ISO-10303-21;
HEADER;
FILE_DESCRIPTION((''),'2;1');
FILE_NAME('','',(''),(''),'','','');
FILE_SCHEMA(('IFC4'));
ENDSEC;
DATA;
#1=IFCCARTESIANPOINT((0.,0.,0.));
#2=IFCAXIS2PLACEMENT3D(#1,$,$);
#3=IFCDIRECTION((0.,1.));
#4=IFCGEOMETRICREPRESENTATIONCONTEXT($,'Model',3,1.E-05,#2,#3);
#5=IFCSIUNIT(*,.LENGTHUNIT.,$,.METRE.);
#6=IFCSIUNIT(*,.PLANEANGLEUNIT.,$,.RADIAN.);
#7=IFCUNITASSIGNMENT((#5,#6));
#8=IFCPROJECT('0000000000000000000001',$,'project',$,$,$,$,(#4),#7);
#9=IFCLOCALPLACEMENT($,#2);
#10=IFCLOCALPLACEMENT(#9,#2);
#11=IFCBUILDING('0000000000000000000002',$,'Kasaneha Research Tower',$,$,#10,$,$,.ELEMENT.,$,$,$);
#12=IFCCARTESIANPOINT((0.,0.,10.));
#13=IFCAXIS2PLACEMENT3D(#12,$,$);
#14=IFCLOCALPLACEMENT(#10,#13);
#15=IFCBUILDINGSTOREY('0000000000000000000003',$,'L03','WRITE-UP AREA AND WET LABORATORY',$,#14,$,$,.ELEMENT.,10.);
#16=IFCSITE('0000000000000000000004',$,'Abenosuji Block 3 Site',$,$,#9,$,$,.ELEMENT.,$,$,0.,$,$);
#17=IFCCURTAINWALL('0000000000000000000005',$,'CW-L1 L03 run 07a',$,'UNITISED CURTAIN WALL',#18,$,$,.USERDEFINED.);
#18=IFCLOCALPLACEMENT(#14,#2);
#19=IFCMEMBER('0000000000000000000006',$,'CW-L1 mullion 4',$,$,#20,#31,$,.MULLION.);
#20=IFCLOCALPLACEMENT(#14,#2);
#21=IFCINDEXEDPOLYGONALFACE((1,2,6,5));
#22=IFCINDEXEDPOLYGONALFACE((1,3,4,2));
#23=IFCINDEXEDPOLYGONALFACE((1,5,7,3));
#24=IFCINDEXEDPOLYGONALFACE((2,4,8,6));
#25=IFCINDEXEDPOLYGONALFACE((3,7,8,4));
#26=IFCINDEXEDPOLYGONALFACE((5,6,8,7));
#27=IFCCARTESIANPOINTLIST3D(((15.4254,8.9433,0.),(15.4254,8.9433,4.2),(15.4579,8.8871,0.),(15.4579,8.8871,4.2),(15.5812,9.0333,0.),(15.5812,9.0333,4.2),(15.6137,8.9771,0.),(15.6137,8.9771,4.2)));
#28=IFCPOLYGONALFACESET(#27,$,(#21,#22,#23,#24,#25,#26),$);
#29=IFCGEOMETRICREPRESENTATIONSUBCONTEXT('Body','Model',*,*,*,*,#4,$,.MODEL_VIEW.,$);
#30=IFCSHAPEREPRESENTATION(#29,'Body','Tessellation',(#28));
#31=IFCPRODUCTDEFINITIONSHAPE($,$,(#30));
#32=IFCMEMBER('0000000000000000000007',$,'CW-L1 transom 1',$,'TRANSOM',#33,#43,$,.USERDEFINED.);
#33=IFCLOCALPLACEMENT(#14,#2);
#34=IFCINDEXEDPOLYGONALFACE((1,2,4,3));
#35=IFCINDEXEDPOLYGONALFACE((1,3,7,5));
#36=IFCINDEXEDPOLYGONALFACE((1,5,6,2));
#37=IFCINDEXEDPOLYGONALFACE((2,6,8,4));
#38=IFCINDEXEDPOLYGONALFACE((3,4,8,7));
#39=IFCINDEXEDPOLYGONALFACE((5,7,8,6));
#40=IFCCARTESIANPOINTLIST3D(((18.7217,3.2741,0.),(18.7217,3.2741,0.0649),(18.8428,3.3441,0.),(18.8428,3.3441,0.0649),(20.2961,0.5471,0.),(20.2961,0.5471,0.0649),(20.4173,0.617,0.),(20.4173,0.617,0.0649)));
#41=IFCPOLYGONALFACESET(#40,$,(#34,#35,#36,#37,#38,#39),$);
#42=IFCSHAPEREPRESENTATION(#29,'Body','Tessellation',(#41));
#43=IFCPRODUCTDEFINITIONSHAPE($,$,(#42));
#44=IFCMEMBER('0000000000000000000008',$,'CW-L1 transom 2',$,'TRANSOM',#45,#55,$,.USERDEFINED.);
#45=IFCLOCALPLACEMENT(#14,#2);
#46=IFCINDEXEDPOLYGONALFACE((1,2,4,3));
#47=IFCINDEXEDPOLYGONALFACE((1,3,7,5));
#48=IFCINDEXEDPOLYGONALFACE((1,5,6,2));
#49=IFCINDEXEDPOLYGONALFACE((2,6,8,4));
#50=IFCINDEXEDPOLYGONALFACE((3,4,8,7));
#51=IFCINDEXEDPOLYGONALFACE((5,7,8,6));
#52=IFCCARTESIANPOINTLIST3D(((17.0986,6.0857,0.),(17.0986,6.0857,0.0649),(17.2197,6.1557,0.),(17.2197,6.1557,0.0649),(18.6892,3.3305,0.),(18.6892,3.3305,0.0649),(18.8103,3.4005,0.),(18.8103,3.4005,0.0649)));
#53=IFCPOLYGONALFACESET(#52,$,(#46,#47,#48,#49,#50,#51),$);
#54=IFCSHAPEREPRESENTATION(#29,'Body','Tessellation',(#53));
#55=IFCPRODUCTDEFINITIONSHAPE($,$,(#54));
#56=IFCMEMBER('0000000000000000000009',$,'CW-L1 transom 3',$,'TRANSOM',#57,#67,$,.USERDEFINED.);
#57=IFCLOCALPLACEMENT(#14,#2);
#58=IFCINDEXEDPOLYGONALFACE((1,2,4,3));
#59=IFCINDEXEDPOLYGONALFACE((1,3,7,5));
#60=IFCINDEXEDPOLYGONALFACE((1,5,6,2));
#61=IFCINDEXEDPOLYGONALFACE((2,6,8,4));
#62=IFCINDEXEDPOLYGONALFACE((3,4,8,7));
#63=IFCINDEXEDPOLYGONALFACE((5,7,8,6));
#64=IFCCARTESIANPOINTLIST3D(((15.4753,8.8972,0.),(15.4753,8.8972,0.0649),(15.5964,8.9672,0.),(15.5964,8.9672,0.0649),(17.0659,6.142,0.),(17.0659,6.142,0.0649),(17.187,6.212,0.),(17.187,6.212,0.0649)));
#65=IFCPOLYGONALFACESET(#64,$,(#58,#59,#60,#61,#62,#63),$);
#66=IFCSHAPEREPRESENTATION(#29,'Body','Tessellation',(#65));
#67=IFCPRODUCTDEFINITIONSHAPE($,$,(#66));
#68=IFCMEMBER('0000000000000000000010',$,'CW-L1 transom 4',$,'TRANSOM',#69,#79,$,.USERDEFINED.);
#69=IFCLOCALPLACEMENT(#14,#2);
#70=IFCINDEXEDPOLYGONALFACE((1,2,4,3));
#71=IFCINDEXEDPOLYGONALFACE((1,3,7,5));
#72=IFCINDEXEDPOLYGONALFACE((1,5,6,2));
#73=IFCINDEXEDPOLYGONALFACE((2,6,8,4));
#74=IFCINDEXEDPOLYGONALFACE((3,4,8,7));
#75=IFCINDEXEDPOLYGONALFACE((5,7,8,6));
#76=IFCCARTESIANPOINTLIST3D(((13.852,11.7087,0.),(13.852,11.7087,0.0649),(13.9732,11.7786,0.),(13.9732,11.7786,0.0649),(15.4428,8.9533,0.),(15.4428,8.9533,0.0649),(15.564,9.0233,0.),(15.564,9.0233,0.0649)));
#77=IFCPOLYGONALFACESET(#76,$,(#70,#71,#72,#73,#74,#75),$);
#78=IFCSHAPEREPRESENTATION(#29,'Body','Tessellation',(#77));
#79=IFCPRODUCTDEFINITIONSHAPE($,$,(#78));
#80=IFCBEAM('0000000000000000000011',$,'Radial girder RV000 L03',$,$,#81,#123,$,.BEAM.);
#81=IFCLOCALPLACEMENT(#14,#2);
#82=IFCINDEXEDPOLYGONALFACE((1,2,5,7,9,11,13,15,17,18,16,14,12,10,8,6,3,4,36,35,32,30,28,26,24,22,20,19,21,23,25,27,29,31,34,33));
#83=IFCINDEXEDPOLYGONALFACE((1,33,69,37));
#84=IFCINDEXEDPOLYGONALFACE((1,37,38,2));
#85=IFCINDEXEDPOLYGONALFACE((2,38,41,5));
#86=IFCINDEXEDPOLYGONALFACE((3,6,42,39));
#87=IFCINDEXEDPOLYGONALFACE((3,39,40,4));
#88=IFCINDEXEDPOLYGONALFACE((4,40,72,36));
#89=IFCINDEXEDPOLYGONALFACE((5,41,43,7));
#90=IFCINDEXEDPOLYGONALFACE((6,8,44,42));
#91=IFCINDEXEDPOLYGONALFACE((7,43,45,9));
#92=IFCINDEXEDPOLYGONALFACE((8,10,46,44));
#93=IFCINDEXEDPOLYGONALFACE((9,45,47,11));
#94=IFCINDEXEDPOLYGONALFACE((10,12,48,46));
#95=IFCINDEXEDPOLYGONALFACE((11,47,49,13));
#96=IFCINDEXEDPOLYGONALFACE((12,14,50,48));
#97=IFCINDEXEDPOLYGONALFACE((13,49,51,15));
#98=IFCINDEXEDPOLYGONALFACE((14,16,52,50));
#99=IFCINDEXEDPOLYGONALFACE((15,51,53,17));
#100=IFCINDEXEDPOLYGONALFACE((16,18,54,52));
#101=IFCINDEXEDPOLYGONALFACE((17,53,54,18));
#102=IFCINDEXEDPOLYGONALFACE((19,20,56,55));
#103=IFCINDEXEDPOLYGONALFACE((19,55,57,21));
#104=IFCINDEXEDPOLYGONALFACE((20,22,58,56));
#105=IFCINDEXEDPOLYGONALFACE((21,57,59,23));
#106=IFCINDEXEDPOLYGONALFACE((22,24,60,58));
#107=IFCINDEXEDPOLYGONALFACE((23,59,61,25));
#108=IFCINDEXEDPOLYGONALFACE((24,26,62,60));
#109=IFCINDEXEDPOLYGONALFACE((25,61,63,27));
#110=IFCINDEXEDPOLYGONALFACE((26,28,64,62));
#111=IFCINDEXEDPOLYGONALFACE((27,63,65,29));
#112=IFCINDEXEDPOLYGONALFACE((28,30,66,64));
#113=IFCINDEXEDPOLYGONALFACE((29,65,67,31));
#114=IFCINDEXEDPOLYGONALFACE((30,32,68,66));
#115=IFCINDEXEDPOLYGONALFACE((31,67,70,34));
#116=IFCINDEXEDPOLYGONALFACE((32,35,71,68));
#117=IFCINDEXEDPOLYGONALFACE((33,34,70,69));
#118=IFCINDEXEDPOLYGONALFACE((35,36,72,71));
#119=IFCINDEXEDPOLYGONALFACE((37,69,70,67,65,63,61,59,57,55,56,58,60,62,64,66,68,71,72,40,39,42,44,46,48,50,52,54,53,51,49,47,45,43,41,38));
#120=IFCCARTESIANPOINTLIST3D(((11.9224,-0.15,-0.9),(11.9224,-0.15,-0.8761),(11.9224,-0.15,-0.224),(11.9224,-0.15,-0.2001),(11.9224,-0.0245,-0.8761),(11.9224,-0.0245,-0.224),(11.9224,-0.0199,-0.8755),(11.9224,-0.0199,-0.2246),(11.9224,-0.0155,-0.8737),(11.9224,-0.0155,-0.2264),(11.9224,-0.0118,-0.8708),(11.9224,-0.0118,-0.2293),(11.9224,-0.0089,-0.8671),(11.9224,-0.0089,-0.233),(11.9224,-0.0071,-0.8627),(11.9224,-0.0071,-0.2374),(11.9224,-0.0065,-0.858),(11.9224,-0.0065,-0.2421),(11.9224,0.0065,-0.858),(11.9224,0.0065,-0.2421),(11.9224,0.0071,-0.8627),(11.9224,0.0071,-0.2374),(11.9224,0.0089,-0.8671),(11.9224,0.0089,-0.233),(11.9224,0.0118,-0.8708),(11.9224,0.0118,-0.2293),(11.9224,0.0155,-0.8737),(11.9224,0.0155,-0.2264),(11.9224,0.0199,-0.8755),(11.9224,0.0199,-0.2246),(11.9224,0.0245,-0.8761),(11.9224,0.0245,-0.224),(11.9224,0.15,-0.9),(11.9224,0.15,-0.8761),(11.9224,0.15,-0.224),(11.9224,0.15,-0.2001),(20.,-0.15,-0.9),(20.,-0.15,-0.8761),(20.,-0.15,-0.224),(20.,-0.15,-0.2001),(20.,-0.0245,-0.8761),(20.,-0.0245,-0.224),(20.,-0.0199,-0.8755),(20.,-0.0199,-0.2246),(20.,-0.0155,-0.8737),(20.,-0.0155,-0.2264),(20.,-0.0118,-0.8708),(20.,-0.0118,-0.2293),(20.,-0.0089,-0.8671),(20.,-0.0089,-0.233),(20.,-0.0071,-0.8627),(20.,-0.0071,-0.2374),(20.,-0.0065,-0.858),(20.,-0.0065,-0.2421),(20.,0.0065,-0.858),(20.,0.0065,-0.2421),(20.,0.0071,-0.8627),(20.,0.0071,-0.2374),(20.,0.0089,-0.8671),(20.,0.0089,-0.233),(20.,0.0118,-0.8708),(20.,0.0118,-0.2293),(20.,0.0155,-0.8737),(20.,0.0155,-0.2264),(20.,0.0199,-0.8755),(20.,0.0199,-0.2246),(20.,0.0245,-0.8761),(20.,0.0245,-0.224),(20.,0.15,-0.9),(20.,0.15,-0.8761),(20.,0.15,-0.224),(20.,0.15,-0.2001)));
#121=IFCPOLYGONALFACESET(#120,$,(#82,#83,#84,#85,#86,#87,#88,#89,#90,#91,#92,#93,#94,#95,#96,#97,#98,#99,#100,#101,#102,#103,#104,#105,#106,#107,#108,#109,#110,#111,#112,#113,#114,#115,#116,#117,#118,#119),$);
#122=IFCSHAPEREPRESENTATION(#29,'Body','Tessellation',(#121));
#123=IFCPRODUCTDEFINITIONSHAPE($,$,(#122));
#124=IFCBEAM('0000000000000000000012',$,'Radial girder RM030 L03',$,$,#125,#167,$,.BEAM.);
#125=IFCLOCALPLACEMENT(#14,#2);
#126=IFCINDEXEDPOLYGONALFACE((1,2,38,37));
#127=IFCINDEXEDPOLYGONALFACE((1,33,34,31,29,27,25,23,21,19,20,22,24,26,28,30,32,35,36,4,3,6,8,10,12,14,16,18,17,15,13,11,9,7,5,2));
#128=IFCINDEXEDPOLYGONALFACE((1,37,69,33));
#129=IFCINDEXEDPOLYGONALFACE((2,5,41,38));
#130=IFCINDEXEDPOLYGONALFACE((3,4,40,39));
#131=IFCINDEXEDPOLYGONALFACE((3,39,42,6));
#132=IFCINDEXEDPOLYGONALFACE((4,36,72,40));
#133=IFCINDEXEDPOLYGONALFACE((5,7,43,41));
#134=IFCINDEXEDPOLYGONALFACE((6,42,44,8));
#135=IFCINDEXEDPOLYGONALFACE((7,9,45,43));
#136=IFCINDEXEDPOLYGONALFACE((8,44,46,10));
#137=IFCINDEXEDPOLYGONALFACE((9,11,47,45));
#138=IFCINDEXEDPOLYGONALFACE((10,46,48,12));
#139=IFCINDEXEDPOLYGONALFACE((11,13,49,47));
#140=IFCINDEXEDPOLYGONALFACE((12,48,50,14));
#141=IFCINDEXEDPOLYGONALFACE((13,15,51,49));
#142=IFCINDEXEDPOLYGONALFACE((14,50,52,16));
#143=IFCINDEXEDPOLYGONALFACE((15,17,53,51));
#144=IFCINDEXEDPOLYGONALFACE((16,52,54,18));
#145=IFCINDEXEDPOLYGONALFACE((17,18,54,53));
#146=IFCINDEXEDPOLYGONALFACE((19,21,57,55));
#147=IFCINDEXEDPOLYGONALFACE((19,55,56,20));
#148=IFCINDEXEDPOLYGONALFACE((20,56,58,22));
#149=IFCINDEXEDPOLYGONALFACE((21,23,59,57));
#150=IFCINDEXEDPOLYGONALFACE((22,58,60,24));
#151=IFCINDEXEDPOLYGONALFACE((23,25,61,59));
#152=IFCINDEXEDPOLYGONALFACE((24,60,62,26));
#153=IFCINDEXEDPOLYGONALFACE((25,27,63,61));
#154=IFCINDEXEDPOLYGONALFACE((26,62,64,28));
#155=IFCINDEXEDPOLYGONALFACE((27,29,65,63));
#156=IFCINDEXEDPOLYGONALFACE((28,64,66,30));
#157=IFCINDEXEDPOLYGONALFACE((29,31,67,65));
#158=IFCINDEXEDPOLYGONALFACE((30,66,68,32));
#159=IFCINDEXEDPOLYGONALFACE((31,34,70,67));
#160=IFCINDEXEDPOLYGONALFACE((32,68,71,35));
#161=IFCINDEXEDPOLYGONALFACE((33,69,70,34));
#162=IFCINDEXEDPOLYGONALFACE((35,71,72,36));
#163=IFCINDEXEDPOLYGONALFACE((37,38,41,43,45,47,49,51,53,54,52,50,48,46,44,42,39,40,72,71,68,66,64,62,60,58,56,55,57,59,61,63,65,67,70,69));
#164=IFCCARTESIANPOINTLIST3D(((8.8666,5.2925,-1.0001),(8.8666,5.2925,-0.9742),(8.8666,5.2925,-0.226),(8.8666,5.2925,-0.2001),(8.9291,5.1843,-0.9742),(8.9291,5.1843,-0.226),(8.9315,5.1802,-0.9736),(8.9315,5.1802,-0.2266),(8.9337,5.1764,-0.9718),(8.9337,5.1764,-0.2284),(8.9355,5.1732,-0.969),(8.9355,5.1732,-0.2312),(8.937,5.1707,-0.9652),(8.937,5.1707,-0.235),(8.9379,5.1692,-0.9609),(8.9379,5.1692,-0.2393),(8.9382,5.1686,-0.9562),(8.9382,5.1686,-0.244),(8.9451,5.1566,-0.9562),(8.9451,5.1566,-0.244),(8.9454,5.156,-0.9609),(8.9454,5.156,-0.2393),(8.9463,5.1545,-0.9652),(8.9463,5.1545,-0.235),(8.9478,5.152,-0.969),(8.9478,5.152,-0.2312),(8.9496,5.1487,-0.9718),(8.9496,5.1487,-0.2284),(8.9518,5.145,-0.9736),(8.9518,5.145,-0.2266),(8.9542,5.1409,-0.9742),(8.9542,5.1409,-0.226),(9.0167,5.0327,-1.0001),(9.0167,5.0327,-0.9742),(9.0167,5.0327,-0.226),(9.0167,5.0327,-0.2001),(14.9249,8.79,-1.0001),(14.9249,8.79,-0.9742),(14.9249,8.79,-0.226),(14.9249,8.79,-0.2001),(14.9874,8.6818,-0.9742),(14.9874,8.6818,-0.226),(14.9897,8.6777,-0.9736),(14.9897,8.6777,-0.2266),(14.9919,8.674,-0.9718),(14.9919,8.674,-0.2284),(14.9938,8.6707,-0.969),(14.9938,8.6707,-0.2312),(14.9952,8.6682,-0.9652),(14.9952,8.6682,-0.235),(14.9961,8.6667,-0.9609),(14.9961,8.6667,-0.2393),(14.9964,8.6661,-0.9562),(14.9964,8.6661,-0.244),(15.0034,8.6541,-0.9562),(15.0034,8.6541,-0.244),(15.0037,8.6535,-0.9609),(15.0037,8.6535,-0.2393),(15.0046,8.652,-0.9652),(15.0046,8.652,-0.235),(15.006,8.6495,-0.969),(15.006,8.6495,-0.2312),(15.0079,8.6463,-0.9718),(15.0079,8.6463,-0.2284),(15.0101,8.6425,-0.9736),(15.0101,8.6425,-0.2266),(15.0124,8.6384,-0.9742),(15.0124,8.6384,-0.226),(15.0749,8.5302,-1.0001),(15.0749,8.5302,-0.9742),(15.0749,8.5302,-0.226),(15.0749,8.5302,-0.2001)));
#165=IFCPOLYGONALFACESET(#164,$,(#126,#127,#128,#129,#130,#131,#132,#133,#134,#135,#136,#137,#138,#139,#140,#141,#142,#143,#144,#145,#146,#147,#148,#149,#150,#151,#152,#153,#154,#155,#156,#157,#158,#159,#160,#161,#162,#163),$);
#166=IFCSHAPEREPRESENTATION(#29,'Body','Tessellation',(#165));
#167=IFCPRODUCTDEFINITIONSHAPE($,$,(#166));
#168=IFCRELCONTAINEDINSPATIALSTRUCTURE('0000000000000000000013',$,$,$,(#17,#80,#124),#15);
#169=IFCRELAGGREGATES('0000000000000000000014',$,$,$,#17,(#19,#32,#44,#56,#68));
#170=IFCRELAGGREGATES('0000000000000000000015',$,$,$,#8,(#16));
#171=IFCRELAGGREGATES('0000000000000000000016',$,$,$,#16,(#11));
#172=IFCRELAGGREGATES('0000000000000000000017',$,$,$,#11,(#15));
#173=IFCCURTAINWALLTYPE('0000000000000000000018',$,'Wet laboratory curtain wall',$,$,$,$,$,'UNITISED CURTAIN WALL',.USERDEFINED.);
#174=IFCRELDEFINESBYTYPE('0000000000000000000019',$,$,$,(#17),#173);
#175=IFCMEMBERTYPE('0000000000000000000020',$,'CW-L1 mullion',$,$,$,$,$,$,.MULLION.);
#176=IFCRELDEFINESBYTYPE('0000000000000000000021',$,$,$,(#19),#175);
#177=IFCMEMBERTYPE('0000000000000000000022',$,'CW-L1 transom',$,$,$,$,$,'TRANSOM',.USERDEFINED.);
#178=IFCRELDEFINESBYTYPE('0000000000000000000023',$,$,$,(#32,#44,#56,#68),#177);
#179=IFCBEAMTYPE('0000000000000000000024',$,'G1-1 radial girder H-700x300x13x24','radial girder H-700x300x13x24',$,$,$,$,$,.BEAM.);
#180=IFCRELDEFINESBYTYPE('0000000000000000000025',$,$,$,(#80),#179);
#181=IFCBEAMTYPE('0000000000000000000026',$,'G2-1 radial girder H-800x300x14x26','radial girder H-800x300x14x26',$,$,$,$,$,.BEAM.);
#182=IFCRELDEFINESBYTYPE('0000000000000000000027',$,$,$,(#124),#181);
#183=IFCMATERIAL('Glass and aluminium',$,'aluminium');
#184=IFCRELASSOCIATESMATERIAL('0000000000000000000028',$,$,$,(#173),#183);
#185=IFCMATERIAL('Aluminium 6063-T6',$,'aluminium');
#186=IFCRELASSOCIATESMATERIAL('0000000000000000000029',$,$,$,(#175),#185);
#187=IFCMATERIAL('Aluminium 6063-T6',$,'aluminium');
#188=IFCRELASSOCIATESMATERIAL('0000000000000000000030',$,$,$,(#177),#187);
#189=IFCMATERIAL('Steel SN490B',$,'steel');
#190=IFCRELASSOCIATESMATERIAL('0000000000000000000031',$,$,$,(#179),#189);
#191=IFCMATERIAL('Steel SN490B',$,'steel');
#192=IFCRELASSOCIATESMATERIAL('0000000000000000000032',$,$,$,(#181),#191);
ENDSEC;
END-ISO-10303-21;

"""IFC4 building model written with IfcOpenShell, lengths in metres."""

from ifc_helpers import new_model, si_unit, direction, frame, origin, origin_2d, place, context, subcontext, project, spatial, rectangle, i_section, extrude, material, material_profile, profile_set, type_object, element, aggregate, save


model = new_model("IFC4")

# Units and contexts
model_context = context("Model", 3, precision=1e-05, world=origin(), true_north=direction((0.0, 1.0)))
body_context = subcontext(model_context, "Body", "Model", "MODEL_VIEW")
ifc_project = project(units=[si_unit("LENGTHUNIT", "METRE"), si_unit("PLANEANGLEUNIT", "RADIAN")], contexts=[model_context])

# Site, building, storey
site_placement = place(None, origin())
site = spatial("IfcSite", under=ifc_project, at=site_placement, Name="Abenosuji Block 3 Site", CompositionType="ELEMENT", RefElevation=0.0)
building_placement = place(site_placement, origin())
building = spatial("IfcBuilding", under=site, at=building_placement, Name="Kasaneha Research Tower", CompositionType="ELEMENT")
storey_placement = place(building_placement, frame((0.0, 0.0, 10.0)))
storey = spatial("IfcBuildingStorey", under=building, at=storey_placement, Name="L03", Description="WRITE-UP AREA AND WET LABORATORY", CompositionType="ELEMENT", Elevation=10.0)

# Shared definitions
ifc_material_1 = material(Name="Glass and aluminium", Category="aluminium")
curtain_wall_type = type_object("IfcCurtainWallType", Name="Wet laboratory curtain wall", ElementType="UNITISED CURTAIN WALL", PredefinedType="USERDEFINED", material=ifc_material_1)
ifc_material_2 = material(Name="Aluminium 6063-T6", Category="aluminium")
ifc_material_profile_1 = material_profile(ifc_material_2, rectangle(XDim=0.0649, YDim=0.1799, at=origin_2d()), Name="CW-L1 mullion 65x180")
ifc_profile_set_1 = profile_set([ifc_material_profile_1], Name="Aluminium 6063-T6")
member_type_1 = type_object("IfcMemberType", Name="CW-L1 mullion", PredefinedType="MULLION", material=ifc_profile_set_1)

# Curtain wall, members
curtain_wall_1_placement = place(storey_placement, origin())
curtain_wall_1 = element("IfcCurtainWall", 1, at=curtain_wall_1_placement, inside=storey, type_object=curtain_wall_type, Name="CW-L1 L03 run 07a", ObjectType="UNITISED CURTAIN WALL", PredefinedType="USERDEFINED")
member_1_placement = place(storey_placement, frame((15.5195, 8.9602, 0.0), z_axis=(0.0, 0.0, 1.0), x_axis=(-0.5, 0.866025, 0.0)))
member_1 = element("IfcMember", 2, at=member_1_placement, type_object=member_type_1, Name="CW-L1 mullion 4", PredefinedType="MULLION", context=body_context, shape_type="SweptSolid", body=[
    extrude(rectangle(XDim=0.0649, YDim=0.1799, at=origin_2d()), origin(), (0.0, 0.0, 1.0), 4.2),
])
ifc_material_3 = material(Name="Aluminium 6063-T6", Category="aluminium")
ifc_material_profile_2 = material_profile(ifc_material_3, rectangle(XDim=0.1399, YDim=0.0649, at=origin_2d()), Name="CW-L1 transom 140x65")
ifc_profile_set_2 = profile_set([ifc_material_profile_2], Name="Aluminium 6063-T6")
member_type_2 = type_object("IfcMemberType", Name="CW-L1 transom", ElementType="TRANSOM", PredefinedType="USERDEFINED", material=ifc_profile_set_2)
member_2_placement = place(storey_placement, frame((20.3567, 0.582, 0.0325), z_axis=(-0.5, 0.866025, 0.0), x_axis=(-0.866025, -0.5, 0.0)))
member_2 = element("IfcMember", 3, at=member_2_placement, type_object=member_type_2, Name="CW-L1 transom 1", ObjectType="TRANSOM", PredefinedType="USERDEFINED", context=body_context, shape_type="SweptSolid", body=[
    extrude(rectangle(XDim=0.1399, YDim=0.0649, at=origin_2d()), origin(), (0.0, 0.0, 1.0), 3.1489),
])
member_3_placement = place(storey_placement, frame((18.7498, 3.3655, 0.0325), z_axis=(-0.499977, 0.866039, 0.0), x_axis=(-0.866039, -0.499977, 0.0)))
member_3 = element("IfcMember", 4, at=member_3_placement, type_object=member_type_2, Name="CW-L1 transom 2", ObjectType="TRANSOM", PredefinedType="USERDEFINED", context=body_context, shape_type="SweptSolid", body=[
    extrude(rectangle(XDim=0.1399, YDim=0.0649, at=origin_2d()), origin(), (0.0, 0.0, 1.0), 3.1814),
])
member_4_placement = place(storey_placement, frame((17.1265, 6.177, 0.0325), z_axis=(-0.499977, 0.866039, 0.0), x_axis=(-0.866039, -0.499977, 0.0)))
member_4 = element("IfcMember", 5, at=member_4_placement, type_object=member_type_2, Name="CW-L1 transom 3", ObjectType="TRANSOM", PredefinedType="USERDEFINED", context=body_context, shape_type="SweptSolid", body=[
    extrude(rectangle(XDim=0.1399, YDim=0.0649, at=origin_2d()), origin(), (0.0, 0.0, 1.0), 3.1814),
])
member_5_placement = place(storey_placement, frame((15.5034, 8.9883, 0.0325), z_axis=(-0.500001, 0.866025, 0.0), x_axis=(-0.866025, -0.500001, 0.0)))
member_5 = element("IfcMember", 6, at=member_5_placement, type_object=member_type_2, Name="CW-L1 transom 4", ObjectType="TRANSOM", PredefinedType="USERDEFINED", context=body_context, shape_type="SweptSolid", body=[
    extrude(rectangle(XDim=0.1399, YDim=0.0649, at=origin_2d()), origin(), (0.0, 0.0, 1.0), 3.1816),
])

# Beams
ifc_material_4 = material(Name="Steel SN490B", Category="steel")
ifc_material_profile_3 = material_profile(ifc_material_4, i_section(OverallWidth=0.3, OverallDepth=0.7, WebThickness=0.0129, FlangeThickness=0.0239, FilletRadius=0.0181, at=origin_2d()), Name="H-700x300x13x24")
ifc_profile_set_3 = profile_set([ifc_material_profile_3], Name="Steel SN490B")
beam_type_1 = type_object("IfcBeamType", Name="G1-1 radial girder H-700x300x13x24", Description="radial girder H-700x300x13x24", PredefinedType="BEAM", material=ifc_profile_set_3)
beam_1_placement = place(storey_placement, frame((11.9224, 0.0, -0.55), z_axis=(1.0, 0.0, 0.0), x_axis=(0.0, 1.0, 0.0)))
element("IfcBeam", 7, at=beam_1_placement, inside=storey, type_object=beam_type_1, Name="Radial girder RV000 L03", PredefinedType="BEAM", context=body_context, shape_type="SweptSolid", body=[
    extrude(i_section(OverallWidth=0.3, OverallDepth=0.7, WebThickness=0.0129, FlangeThickness=0.0239, FilletRadius=0.0181, at=origin_2d()), origin(), (0.0, 0.0, 1.0), 8.0776),
])
ifc_material_5 = material(Name="Steel SN490B", Category="steel")
ifc_material_profile_4 = material_profile(ifc_material_5, i_section(OverallWidth=0.3, OverallDepth=0.8, WebThickness=0.0139, FlangeThickness=0.0259, FilletRadius=0.0181, at=origin_2d()), Name="H-800x300x14x26")
ifc_profile_set_4 = profile_set([ifc_material_profile_4], Name="Steel SN490B")
beam_type_2 = type_object("IfcBeamType", Name="G2-1 radial girder H-800x300x14x26", Description="radial girder H-800x300x14x26", PredefinedType="BEAM", material=ifc_profile_set_4)
beam_2_placement = place(storey_placement, frame((8.9417, 5.1626, -0.6001), z_axis=(0.86604, 0.499975, 0.0), x_axis=(-0.499975, 0.86604, 0.0)))
element("IfcBeam", 8, at=beam_2_placement, inside=storey, type_object=beam_type_2, Name="Radial girder RM030 L03", PredefinedType="BEAM", context=body_context, shape_type="SweptSolid", body=[
    extrude(i_section(OverallWidth=0.3, OverallDepth=0.8, WebThickness=0.0139, FlangeThickness=0.0259, FilletRadius=0.0181, at=origin_2d()), origin(), (0.0, 0.0, 1.0), 6.9954),
])

aggregate(curtain_wall_1, [member_1, member_2, member_3, member_4, member_5])

save(model, "model.ifc")
